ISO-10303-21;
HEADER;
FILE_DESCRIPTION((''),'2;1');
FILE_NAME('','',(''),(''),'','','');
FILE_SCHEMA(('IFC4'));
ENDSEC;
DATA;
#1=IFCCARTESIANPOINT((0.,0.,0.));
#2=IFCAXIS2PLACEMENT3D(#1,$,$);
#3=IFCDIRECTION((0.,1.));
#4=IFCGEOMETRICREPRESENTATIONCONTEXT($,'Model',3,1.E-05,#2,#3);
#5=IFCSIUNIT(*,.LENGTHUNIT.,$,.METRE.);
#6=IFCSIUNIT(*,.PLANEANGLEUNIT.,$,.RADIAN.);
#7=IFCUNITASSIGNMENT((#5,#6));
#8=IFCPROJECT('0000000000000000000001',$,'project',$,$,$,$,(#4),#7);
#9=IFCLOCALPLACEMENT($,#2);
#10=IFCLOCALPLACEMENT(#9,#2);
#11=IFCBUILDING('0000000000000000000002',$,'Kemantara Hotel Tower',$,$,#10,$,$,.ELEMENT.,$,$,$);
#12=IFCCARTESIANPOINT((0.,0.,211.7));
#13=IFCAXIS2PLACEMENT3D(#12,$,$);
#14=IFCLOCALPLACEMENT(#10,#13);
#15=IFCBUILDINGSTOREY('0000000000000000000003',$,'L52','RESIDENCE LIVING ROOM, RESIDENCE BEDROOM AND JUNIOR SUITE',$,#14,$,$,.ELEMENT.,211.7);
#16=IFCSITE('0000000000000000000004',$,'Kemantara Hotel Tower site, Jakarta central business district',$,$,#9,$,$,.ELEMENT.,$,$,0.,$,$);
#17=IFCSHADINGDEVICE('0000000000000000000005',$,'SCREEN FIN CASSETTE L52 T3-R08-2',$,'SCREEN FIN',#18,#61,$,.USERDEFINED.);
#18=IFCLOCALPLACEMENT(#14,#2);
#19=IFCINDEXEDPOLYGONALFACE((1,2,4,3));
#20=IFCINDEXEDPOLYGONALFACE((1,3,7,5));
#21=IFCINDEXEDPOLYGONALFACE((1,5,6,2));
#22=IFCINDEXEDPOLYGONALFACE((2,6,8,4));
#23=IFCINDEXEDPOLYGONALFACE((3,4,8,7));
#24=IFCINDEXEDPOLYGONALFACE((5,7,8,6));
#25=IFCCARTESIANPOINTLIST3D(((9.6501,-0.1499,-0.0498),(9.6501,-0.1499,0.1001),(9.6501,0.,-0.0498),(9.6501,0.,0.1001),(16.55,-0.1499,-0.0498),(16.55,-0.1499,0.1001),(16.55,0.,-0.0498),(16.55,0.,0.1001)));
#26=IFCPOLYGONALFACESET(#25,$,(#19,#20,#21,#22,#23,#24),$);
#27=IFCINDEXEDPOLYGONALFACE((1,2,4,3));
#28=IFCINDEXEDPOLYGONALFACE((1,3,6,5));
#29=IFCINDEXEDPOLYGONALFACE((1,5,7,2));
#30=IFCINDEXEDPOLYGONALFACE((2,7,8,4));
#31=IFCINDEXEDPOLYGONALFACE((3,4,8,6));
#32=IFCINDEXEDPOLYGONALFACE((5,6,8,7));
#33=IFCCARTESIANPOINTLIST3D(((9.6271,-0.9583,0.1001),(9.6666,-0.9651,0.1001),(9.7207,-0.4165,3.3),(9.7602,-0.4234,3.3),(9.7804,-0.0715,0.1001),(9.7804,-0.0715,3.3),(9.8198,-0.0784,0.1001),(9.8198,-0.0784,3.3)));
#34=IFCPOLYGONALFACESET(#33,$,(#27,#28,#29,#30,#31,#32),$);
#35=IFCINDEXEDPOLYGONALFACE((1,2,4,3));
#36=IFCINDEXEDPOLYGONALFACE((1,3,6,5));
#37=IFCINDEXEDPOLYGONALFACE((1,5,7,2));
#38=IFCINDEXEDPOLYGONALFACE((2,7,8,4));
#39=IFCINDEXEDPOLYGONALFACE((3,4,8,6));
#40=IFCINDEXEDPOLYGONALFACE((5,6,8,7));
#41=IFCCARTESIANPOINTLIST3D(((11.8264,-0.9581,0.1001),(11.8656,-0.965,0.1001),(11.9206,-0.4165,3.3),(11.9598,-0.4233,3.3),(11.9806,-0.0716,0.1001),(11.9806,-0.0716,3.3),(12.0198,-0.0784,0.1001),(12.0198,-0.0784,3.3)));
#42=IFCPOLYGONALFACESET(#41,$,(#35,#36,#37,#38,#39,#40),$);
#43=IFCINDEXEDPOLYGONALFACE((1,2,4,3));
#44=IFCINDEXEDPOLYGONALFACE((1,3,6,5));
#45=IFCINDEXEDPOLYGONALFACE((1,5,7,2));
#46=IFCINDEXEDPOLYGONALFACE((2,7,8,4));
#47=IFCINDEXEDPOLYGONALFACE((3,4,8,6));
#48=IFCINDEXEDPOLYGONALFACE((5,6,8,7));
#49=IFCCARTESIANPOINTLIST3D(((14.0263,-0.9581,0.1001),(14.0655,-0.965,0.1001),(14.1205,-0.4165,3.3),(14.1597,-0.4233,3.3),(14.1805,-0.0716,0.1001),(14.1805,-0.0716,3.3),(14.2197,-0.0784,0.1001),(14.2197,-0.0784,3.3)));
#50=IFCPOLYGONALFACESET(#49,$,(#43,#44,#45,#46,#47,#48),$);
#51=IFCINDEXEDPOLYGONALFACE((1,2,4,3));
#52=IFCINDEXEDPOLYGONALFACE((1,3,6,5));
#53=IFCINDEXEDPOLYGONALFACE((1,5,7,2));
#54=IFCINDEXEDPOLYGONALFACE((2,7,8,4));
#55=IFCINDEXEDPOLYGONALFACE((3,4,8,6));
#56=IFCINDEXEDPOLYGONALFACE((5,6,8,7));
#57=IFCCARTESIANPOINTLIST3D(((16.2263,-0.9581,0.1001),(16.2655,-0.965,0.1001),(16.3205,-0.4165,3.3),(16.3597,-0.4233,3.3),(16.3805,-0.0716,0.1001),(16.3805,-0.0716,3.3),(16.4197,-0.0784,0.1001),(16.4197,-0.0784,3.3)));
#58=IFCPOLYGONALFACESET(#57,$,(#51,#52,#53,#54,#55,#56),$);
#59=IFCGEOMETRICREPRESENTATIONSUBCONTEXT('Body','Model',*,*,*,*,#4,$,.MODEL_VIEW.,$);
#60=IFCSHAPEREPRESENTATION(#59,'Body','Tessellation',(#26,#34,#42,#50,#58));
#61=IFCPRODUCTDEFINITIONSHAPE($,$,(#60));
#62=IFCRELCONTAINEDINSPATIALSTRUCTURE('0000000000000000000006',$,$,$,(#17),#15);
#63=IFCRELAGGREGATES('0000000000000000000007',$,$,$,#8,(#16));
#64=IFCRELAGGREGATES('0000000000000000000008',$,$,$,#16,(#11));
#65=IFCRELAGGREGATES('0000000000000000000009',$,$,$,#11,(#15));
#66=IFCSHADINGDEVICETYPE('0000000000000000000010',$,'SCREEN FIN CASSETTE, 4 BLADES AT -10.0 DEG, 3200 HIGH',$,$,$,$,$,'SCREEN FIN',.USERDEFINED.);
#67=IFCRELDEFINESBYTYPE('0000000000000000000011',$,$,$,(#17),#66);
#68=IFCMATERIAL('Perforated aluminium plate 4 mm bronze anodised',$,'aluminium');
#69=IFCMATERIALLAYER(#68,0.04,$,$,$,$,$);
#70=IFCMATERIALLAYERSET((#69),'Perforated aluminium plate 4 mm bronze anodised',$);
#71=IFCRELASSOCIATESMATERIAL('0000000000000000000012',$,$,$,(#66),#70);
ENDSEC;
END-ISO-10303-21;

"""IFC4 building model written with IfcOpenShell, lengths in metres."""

from ifc_helpers import new_model, si_unit, direction, frame, origin, origin_2d, place, context, subcontext, project, spatial, polyline, rectangle, outline, extrude, source, transform, mapped, material, layer, layer_set, type_object, element, save


model = new_model("IFC4")

# Units and contexts
model_context = context("Model", 3, precision=1e-05, world=origin(), true_north=direction((0.0, 1.0)))
body_context = subcontext(model_context, "Body", "Model", "MODEL_VIEW")
ifc_project = project(units=[si_unit("LENGTHUNIT", "METRE"), si_unit("PLANEANGLEUNIT", "RADIAN")], contexts=[model_context])

# Site, building, storey
site_placement = place(None, origin())
site = spatial("IfcSite", under=ifc_project, at=site_placement, Name="Kemantara Hotel Tower site, Jakarta central business district", CompositionType="ELEMENT", RefElevation=0.0)
building_placement = place(site_placement, origin())
building = spatial("IfcBuilding", under=site, at=building_placement, Name="Kemantara Hotel Tower", CompositionType="ELEMENT")
storey_placement = place(building_placement, frame((0.0, 0.0, 211.7)))
storey = spatial("IfcBuildingStorey", under=building, at=storey_placement, Name="L52", Description="RESIDENCE LIVING ROOM, RESIDENCE BEDROOM AND JUNIOR SUITE", CompositionType="ELEMENT", Elevation=211.7)

# Shading device
ifc_material_1 = material(Name="Perforated aluminium plate 4 mm bronze anodised", Category="aluminium")
ifc_layer_1 = layer(ifc_material_1, 0.04)
ifc_layer_set_1 = layer_set([ifc_layer_1], Name="Perforated aluminium plate 4 mm bronze anodised")
shading_device_type_1 = type_object("IfcShadingDeviceType", Name="SCREEN FIN CASSETTE, 4 BLADES AT -10.0 DEG, 3200 HIGH", ElementType="SCREEN FIN", PredefinedType="USERDEFINED", material=ifc_layer_set_1)
shared_shape_1 = source(origin(), body_context, "Body", "SweptSolid", [
    extrude(rectangle(XDim=6.8999, YDim=0.1499, at=origin_2d()), frame((3.3, -0.075, -0.1499), z_axis=(0.0, 0.0, 1.0), x_axis=(1.0, 0.0, 0.0)), (0.0, 0.0, 1.0), 0.1499),
    extrude(outline(polyline([(0.0, 0.0), (0.8999, 0.0), (0.3501, 3.2), (0.0, 3.2), (0.0, 0.0)])), frame((0.0198, -0.0784, 0.0), z_axis=(-0.98539, 0.170314, 0.0), x_axis=(-0.170314, -0.98539, 0.0)), (0.0, 0.0, 1.0), 0.04),
    extrude(outline(polyline([(0.0, 0.0), (0.8999, 0.0), (0.3501, 3.2), (0.0, 3.2), (0.0, 0.0)])), frame((2.2197, -0.0784, 0.0), z_axis=(-0.985212, 0.171341, 0.0), x_axis=(-0.171341, -0.985212, 0.0)), (0.0, 0.0, 1.0), 0.0398),
    extrude(outline(polyline([(0.0, 0.0), (0.8999, 0.0), (0.3501, 3.2), (0.0, 3.2), (0.0, 0.0)])), frame((4.4197, -0.0784, 0.0), z_axis=(-0.985212, 0.171341, 0.0), x_axis=(-0.171341, -0.985212, 0.0)), (0.0, 0.0, 1.0), 0.0398),
    extrude(outline(polyline([(0.0, 0.0), (0.8999, 0.0), (0.3501, 3.2), (0.0, 3.2), (0.0, 0.0)])), frame((6.6196, -0.0784, 0.0), z_axis=(-0.985212, 0.171341, 0.0), x_axis=(-0.171341, -0.985212, 0.0)), (0.0, 0.0, 1.0), 0.0398),
])
shading_device_placement = place(storey_placement, frame((9.8, 0.0, 0.1001), z_axis=(0.0, 0.0, 1.0), x_axis=(1.0, 0.0, 0.0)))
element("IfcShadingDevice", 1, at=shading_device_placement, inside=storey, type_object=shading_device_type_1, Name="SCREEN FIN CASSETTE L52 T3-R08-2", ObjectType="SCREEN FIN", PredefinedType="USERDEFINED", context=body_context, shape_type="MappedRepresentation", body=[
    mapped(shared_shape_1, transform((0.0, 0.0, 0.0))),
])

save(model, "model.ifc")
